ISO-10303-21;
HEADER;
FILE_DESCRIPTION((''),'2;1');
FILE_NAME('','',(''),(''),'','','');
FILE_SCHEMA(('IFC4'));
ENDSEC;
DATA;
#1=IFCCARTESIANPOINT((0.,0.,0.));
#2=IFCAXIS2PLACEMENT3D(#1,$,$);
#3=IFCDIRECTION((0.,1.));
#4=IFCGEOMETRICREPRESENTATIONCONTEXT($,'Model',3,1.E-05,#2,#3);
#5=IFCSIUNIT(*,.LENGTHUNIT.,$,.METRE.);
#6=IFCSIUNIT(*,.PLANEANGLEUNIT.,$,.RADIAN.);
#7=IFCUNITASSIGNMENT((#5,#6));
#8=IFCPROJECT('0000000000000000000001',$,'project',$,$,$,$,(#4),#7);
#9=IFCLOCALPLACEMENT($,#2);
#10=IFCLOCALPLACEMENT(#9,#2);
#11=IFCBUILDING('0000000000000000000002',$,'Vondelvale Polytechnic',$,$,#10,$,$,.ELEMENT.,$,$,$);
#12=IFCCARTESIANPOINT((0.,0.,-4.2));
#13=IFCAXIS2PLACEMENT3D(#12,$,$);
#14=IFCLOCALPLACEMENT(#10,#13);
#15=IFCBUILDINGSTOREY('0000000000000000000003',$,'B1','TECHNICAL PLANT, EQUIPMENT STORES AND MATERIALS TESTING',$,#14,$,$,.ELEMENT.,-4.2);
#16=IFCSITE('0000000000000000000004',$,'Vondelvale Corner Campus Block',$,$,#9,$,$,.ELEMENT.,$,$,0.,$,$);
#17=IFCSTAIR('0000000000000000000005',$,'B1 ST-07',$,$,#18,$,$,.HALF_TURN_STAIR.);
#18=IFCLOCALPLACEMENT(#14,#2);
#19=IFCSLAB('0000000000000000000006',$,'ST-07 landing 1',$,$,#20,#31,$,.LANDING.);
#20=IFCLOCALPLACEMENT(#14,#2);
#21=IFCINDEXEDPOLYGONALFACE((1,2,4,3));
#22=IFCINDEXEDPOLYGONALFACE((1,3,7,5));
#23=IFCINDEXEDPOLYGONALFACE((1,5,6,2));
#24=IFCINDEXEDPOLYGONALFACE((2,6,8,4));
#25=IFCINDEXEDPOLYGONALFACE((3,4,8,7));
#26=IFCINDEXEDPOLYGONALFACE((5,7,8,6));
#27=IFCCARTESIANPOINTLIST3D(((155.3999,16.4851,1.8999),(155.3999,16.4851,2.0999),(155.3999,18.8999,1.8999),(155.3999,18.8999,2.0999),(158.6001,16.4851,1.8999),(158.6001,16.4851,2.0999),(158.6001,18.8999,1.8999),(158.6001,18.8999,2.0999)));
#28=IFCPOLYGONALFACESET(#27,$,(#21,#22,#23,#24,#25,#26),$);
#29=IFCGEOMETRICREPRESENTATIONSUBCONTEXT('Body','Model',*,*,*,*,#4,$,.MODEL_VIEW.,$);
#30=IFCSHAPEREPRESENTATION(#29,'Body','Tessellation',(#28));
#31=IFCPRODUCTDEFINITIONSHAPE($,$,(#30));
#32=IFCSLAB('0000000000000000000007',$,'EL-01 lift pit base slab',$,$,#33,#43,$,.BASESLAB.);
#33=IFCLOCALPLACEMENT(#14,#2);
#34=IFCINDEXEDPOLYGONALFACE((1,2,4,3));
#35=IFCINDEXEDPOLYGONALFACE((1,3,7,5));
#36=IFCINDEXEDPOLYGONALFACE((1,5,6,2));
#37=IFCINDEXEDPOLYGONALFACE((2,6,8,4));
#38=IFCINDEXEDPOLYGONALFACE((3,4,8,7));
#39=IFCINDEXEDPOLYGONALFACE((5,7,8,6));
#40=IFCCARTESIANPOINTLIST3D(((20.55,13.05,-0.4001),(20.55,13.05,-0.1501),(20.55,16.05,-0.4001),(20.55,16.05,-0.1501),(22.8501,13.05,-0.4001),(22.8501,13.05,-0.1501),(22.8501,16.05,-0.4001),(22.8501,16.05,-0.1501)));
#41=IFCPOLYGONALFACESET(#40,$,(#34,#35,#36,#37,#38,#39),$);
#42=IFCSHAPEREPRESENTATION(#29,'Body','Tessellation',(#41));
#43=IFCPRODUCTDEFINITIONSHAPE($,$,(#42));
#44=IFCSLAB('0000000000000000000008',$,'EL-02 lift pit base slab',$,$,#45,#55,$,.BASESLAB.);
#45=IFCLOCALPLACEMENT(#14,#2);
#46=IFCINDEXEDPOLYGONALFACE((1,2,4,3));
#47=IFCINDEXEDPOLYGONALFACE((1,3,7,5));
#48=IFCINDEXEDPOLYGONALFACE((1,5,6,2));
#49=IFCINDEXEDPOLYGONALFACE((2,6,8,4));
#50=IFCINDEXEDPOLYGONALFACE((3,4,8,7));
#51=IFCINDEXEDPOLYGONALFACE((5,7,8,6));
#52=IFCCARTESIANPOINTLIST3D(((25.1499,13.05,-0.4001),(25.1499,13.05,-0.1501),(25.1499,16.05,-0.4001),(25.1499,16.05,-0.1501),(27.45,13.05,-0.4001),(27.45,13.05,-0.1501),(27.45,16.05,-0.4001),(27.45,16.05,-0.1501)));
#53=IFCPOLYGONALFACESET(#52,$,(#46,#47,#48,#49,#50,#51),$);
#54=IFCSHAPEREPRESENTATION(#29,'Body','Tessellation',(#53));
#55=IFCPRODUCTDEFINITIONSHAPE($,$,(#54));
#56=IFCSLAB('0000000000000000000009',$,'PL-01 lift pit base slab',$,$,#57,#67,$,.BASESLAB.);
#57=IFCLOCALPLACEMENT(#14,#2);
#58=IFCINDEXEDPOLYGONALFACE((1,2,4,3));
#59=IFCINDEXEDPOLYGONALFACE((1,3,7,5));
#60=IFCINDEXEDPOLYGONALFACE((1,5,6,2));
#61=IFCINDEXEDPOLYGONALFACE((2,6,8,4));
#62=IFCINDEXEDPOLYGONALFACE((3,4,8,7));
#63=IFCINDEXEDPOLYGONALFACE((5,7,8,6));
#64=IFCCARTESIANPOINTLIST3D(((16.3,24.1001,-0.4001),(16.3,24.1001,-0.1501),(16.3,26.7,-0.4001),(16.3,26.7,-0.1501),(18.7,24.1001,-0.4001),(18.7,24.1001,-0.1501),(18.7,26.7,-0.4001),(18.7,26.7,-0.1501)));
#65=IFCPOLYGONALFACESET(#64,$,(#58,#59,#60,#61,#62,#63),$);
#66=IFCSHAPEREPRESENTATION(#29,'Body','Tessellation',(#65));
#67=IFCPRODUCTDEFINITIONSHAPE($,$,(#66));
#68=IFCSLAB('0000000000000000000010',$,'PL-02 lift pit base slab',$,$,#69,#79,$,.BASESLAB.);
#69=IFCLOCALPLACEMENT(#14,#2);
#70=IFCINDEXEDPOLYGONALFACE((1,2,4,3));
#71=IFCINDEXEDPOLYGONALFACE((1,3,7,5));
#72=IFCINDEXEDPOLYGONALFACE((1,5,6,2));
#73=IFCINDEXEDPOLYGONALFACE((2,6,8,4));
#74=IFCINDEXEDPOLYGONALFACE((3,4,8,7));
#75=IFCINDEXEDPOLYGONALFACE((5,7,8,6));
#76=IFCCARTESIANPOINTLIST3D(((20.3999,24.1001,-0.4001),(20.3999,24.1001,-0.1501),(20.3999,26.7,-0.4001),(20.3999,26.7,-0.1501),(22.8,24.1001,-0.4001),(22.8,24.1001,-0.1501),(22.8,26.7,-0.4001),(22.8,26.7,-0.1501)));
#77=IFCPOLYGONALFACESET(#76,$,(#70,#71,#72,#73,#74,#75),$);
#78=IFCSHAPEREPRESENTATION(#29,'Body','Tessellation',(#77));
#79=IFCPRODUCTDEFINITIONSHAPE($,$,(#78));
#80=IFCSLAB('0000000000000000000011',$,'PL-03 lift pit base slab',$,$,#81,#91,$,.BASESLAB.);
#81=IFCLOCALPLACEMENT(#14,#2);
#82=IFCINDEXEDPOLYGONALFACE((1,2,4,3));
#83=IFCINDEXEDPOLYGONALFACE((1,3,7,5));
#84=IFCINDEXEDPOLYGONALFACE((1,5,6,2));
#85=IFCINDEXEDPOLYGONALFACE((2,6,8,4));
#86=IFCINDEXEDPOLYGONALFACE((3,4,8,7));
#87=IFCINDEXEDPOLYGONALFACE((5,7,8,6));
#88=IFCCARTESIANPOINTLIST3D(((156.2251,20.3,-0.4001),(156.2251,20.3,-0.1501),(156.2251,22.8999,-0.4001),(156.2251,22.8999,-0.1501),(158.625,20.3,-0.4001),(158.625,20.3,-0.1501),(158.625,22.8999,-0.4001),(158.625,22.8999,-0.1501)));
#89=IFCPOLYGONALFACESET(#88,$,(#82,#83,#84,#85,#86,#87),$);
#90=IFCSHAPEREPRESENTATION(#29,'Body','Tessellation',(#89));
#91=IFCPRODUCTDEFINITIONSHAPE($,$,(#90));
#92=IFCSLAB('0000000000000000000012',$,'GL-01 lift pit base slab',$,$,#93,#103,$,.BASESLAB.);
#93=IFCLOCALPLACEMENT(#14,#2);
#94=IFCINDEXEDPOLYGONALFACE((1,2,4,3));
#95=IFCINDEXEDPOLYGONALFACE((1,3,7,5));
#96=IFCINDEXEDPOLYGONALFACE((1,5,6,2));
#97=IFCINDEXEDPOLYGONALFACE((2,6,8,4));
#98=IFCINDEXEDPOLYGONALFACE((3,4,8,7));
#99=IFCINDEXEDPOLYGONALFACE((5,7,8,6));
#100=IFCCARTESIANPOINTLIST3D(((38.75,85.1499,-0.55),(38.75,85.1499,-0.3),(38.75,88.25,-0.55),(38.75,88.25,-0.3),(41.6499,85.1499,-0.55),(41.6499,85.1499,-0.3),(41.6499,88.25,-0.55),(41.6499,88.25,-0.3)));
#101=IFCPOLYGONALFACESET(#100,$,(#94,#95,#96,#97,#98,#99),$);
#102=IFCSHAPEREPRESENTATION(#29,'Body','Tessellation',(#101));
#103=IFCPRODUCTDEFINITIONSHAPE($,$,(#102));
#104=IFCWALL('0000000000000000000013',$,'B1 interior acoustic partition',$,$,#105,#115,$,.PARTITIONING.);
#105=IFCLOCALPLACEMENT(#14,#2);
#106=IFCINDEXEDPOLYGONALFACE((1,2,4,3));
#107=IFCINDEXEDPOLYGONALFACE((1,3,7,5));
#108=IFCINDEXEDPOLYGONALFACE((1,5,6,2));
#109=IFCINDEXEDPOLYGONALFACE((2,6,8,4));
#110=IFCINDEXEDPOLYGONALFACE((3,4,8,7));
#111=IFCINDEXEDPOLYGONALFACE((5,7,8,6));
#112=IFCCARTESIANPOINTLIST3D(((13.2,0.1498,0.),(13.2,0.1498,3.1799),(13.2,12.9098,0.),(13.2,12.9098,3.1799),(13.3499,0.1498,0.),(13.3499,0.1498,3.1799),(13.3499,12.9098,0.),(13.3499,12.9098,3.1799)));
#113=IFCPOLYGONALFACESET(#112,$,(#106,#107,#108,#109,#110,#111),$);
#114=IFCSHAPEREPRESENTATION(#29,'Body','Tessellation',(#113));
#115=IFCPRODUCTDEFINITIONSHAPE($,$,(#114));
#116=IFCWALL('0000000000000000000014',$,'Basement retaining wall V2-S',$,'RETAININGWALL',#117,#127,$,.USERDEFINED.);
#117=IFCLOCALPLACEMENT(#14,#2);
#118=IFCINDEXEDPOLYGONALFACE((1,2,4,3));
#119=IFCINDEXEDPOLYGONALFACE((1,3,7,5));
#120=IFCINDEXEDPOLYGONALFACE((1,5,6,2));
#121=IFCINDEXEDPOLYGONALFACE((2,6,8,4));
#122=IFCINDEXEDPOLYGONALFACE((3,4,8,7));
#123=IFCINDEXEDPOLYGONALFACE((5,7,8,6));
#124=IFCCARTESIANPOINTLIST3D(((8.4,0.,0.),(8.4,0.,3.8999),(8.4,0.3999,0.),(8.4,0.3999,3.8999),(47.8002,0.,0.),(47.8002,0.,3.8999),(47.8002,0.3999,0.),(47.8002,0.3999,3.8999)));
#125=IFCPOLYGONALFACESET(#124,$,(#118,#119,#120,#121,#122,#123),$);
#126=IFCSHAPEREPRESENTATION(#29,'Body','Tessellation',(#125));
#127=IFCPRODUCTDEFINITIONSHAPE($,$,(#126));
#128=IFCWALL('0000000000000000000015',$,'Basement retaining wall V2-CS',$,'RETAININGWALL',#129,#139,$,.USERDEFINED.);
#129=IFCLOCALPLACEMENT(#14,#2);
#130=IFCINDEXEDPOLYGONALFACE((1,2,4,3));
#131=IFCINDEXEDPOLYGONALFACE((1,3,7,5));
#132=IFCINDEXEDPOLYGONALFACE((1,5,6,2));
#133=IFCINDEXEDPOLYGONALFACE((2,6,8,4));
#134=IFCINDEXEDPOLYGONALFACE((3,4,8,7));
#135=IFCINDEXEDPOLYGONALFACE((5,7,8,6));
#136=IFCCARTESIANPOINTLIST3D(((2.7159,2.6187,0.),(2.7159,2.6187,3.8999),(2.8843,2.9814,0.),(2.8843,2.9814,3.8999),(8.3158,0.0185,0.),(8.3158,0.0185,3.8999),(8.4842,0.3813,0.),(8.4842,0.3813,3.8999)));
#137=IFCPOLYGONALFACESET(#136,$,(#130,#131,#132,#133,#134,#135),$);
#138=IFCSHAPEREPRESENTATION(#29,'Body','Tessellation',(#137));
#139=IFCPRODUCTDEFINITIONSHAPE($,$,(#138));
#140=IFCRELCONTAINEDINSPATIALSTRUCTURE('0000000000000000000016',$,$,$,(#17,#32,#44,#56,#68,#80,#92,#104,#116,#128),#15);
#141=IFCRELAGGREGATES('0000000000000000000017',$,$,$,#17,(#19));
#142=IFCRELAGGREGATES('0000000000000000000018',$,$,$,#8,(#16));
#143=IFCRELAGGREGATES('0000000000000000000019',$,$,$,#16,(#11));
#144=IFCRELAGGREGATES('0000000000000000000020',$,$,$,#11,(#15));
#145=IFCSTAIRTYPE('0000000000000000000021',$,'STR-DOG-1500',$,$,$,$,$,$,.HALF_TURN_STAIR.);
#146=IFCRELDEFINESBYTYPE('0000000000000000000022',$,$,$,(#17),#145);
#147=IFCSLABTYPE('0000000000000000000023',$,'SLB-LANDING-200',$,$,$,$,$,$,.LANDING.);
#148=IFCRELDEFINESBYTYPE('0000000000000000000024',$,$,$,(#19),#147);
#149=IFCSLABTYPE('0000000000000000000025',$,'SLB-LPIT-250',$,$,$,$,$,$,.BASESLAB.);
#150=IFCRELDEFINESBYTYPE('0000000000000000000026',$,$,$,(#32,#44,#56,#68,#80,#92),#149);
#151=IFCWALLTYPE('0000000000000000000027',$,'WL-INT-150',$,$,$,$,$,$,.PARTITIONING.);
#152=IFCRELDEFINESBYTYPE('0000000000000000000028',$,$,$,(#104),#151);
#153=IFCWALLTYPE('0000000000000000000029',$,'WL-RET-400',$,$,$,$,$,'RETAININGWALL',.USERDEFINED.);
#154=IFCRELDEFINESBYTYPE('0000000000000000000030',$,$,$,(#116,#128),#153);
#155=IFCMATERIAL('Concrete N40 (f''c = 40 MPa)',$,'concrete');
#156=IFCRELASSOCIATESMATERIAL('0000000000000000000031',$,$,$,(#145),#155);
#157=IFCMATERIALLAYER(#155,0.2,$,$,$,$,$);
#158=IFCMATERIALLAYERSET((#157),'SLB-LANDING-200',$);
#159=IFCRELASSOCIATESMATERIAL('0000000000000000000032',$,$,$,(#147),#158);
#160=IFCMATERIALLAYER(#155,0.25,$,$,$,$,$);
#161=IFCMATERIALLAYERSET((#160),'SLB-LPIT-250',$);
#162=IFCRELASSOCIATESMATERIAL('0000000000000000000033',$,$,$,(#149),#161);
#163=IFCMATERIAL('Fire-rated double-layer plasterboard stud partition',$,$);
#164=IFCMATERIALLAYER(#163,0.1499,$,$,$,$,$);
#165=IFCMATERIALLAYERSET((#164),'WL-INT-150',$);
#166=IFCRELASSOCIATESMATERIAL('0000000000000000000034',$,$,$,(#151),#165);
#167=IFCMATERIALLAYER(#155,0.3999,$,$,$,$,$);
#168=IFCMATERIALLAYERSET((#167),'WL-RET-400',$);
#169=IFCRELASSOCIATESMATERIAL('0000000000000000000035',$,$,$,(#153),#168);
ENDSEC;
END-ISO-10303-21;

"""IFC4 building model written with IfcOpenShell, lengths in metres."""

from ifc_helpers import new_model, si_unit, direction, frame, frame_2d, origin, place, context, subcontext, project, spatial, polyline, rectangle, outline, extrude, material, layer, layer_set, type_object, element, aggregate, save


model = new_model("IFC4")

# Units and contexts
model_context = context("Model", 3, precision=1e-05, world=origin(), true_north=direction((0.0, 1.0)))
body_context = subcontext(model_context, "Body", "Model", "MODEL_VIEW")
ifc_project = project(units=[si_unit("LENGTHUNIT", "METRE"), si_unit("PLANEANGLEUNIT", "RADIAN")], contexts=[model_context])

# Site, building, storey
site_placement = place(None, origin())
site = spatial("IfcSite", under=ifc_project, at=site_placement, Name="Vondelvale Corner Campus Block", CompositionType="ELEMENT", RefElevation=0.0)
building_placement = place(site_placement, origin())
building = spatial("IfcBuilding", under=site, at=building_placement, Name="Vondelvale Polytechnic", CompositionType="ELEMENT")
storey_placement = place(building_placement, frame((0.0, 0.0, -4.2)))
storey = spatial("IfcBuildingStorey", under=building, at=storey_placement, Name="B1", Description="TECHNICAL PLANT, EQUIPMENT STORES AND MATERIALS TESTING", CompositionType="ELEMENT", Elevation=-4.2)

# Shared definitions
ifc_material_1 = material(Name="Concrete N40 (f'c = 40 MPa)", Category="concrete")

# Stair, slab
stair_type = type_object("IfcStairType", Name="STR-DOG-1500", PredefinedType="HALF_TURN_STAIR", material=ifc_material_1)
ifc_layer_1 = layer(ifc_material_1, 0.2)
ifc_layer_set_1 = layer_set([ifc_layer_1], Name="SLB-LANDING-200")
slab_type_1 = type_object("IfcSlabType", Name="SLB-LANDING-200", PredefinedType="LANDING", material=ifc_layer_set_1)
stair_1_placement = place(storey_placement, origin())
stair_1 = element("IfcStair", 1, at=stair_1_placement, inside=storey, type_object=stair_type, Name="B1 ST-07", PredefinedType="HALF_TURN_STAIR")
slab_1_placement = place(storey_placement, frame((0.0, 0.0, 1.8999)))
slab_1 = element("IfcSlab", 2, at=slab_1_placement, type_object=slab_type_1, Name="ST-07 landing 1", PredefinedType="LANDING", context=body_context, shape_type="SweptSolid", body=[
    extrude(outline(polyline([(158.6001, 16.4851), (158.6001, 18.8999), (155.3999, 18.8999), (155.3999, 16.4851), (158.6001, 16.4851)])), origin(), (0.0, 0.0, 1.0), 0.2),
])
aggregate(stair_1, [slab_1])

# Slabs
ifc_layer_2 = layer(ifc_material_1, 0.25)
ifc_layer_set_2 = layer_set([ifc_layer_2], Name="SLB-LPIT-250")
slab_type_2 = type_object("IfcSlabType", Name="SLB-LPIT-250", PredefinedType="BASESLAB", material=ifc_layer_set_2)
slab_2_placement = place(storey_placement, frame((0.0, 0.0, -0.4001)))
element("IfcSlab", 3, at=slab_2_placement, inside=storey, type_object=slab_type_2, Name="EL-01 lift pit base slab", PredefinedType="BASESLAB", context=body_context, shape_type="SweptSolid", body=[
    extrude(outline(polyline([(20.55, 13.05), (22.8501, 13.05), (22.8501, 16.05), (20.55, 16.05), (20.55, 13.05)])), origin(), (0.0, 0.0, 1.0), 0.25),
])
slab_3_placement = place(storey_placement, frame((0.0, 0.0, -0.4001)))
element("IfcSlab", 4, at=slab_3_placement, inside=storey, type_object=slab_type_2, Name="EL-02 lift pit base slab", PredefinedType="BASESLAB", context=body_context, shape_type="SweptSolid", body=[
    extrude(outline(polyline([(25.1499, 13.05), (27.45, 13.05), (27.45, 16.05), (25.1499, 16.05), (25.1499, 13.05)])), origin(), (0.0, 0.0, 1.0), 0.25),
])
slab_4_placement = place(storey_placement, frame((0.0, 0.0, -0.4001)))
element("IfcSlab", 5, at=slab_4_placement, inside=storey, type_object=slab_type_2, Name="PL-01 lift pit base slab", PredefinedType="BASESLAB", context=body_context, shape_type="SweptSolid", body=[
    extrude(outline(polyline([(16.3, 24.1001), (18.7, 24.1001), (18.7, 26.7), (16.3, 26.7), (16.3, 24.1001)])), origin(), (0.0, 0.0, 1.0), 0.25),
])
slab_5_placement = place(storey_placement, frame((0.0, 0.0, -0.4001)))
element("IfcSlab", 6, at=slab_5_placement, inside=storey, type_object=slab_type_2, Name="PL-02 lift pit base slab", PredefinedType="BASESLAB", context=body_context, shape_type="SweptSolid", body=[
    extrude(outline(polyline([(20.3999, 24.1001), (22.8, 24.1001), (22.8, 26.7), (20.3999, 26.7), (20.3999, 24.1001)])), origin(), (0.0, 0.0, 1.0), 0.25),
])
slab_6_placement = place(storey_placement, frame((0.0, 0.0, -0.4001)))
element("IfcSlab", 7, at=slab_6_placement, inside=storey, type_object=slab_type_2, Name="PL-03 lift pit base slab", PredefinedType="BASESLAB", context=body_context, shape_type="SweptSolid", body=[
    extrude(outline(polyline([(156.2251, 20.3), (158.625, 20.3), (158.625, 22.8999), (156.2251, 22.8999), (156.2251, 20.3)])), origin(), (0.0, 0.0, 1.0), 0.25),
])
slab_7_placement = place(storey_placement, frame((0.0, 0.0, -0.55)))
element("IfcSlab", 8, at=slab_7_placement, inside=storey, type_object=slab_type_2, Name="GL-01 lift pit base slab", PredefinedType="BASESLAB", context=body_context, shape_type="SweptSolid", body=[
    extrude(outline(polyline([(38.75, 85.1499), (41.6499, 85.1499), (41.6499, 88.25), (38.75, 88.25), (38.75, 85.1499)])), origin(), (0.0, 0.0, 1.0), 0.25),
])

# Walls
ifc_material_2 = material(Name="Fire-rated double-layer plasterboard stud partition")
ifc_layer_3 = layer(ifc_material_2, 0.1499)
ifc_layer_set_3 = layer_set([ifc_layer_3], Name="WL-INT-150")
wall_type_1 = type_object("IfcWallType", Name="WL-INT-150", PredefinedType="PARTITIONING", material=ifc_layer_set_3)
wall_1_placement = place(storey_placement, frame((13.2749, 0.1499, 0.0), z_axis=(0.0, 0.0, 1.0), x_axis=(0.0, 1.0, 0.0)))
element("IfcWall", 9, at=wall_1_placement, inside=storey, type_object=wall_type_1, Name="B1 interior acoustic partition", PredefinedType="PARTITIONING", context=body_context, shape_type="SweptSolid", body=[
    extrude(rectangle(XDim=12.76, YDim=0.1499, at=frame_2d((6.3799, 0.0))), origin(), (0.0, 0.0, 1.0), 3.1799),
])
ifc_layer_4 = layer(ifc_material_1, 0.3999)
ifc_layer_set_4 = layer_set([ifc_layer_4], Name="WL-RET-400")
wall_type_2 = type_object("IfcWallType", Name="WL-RET-400", ElementType="RETAININGWALL", PredefinedType="USERDEFINED", material=ifc_layer_set_4)
wall_2_placement = place(storey_placement, frame((8.3999, 0.2, 0.0), z_axis=(0.0, 0.0, 1.0), x_axis=(1.0, 0.0, 0.0)))
element("IfcWall", 10, at=wall_2_placement, inside=storey, type_object=wall_type_2, Name="Basement retaining wall V2-S", ObjectType="RETAININGWALL", PredefinedType="USERDEFINED", context=body_context, shape_type="SweptSolid", body=[
    extrude(rectangle(XDim=39.4001, YDim=0.3999, at=frame_2d((19.7002, 0.0))), origin(), (0.0, 0.0, 1.0), 3.8999),
])
wall_3_placement = place(storey_placement, frame((8.3999, 0.2, 0.0), z_axis=(0.0, 0.0, 1.0), x_axis=(-0.906999, 0.421133, 0.0)))
element("IfcWall", 11, at=wall_3_placement, inside=storey, type_object=wall_type_2, Name="Basement retaining wall V2-CS", ObjectType="RETAININGWALL", PredefinedType="USERDEFINED", context=body_context, shape_type="SweptSolid", body=[
    extrude(rectangle(XDim=6.1741, YDim=0.3999, at=frame_2d((3.0869, 0.0))), origin(), (0.0, 0.0, 1.0), 3.8999),
])

save(model, "model.ifc")
